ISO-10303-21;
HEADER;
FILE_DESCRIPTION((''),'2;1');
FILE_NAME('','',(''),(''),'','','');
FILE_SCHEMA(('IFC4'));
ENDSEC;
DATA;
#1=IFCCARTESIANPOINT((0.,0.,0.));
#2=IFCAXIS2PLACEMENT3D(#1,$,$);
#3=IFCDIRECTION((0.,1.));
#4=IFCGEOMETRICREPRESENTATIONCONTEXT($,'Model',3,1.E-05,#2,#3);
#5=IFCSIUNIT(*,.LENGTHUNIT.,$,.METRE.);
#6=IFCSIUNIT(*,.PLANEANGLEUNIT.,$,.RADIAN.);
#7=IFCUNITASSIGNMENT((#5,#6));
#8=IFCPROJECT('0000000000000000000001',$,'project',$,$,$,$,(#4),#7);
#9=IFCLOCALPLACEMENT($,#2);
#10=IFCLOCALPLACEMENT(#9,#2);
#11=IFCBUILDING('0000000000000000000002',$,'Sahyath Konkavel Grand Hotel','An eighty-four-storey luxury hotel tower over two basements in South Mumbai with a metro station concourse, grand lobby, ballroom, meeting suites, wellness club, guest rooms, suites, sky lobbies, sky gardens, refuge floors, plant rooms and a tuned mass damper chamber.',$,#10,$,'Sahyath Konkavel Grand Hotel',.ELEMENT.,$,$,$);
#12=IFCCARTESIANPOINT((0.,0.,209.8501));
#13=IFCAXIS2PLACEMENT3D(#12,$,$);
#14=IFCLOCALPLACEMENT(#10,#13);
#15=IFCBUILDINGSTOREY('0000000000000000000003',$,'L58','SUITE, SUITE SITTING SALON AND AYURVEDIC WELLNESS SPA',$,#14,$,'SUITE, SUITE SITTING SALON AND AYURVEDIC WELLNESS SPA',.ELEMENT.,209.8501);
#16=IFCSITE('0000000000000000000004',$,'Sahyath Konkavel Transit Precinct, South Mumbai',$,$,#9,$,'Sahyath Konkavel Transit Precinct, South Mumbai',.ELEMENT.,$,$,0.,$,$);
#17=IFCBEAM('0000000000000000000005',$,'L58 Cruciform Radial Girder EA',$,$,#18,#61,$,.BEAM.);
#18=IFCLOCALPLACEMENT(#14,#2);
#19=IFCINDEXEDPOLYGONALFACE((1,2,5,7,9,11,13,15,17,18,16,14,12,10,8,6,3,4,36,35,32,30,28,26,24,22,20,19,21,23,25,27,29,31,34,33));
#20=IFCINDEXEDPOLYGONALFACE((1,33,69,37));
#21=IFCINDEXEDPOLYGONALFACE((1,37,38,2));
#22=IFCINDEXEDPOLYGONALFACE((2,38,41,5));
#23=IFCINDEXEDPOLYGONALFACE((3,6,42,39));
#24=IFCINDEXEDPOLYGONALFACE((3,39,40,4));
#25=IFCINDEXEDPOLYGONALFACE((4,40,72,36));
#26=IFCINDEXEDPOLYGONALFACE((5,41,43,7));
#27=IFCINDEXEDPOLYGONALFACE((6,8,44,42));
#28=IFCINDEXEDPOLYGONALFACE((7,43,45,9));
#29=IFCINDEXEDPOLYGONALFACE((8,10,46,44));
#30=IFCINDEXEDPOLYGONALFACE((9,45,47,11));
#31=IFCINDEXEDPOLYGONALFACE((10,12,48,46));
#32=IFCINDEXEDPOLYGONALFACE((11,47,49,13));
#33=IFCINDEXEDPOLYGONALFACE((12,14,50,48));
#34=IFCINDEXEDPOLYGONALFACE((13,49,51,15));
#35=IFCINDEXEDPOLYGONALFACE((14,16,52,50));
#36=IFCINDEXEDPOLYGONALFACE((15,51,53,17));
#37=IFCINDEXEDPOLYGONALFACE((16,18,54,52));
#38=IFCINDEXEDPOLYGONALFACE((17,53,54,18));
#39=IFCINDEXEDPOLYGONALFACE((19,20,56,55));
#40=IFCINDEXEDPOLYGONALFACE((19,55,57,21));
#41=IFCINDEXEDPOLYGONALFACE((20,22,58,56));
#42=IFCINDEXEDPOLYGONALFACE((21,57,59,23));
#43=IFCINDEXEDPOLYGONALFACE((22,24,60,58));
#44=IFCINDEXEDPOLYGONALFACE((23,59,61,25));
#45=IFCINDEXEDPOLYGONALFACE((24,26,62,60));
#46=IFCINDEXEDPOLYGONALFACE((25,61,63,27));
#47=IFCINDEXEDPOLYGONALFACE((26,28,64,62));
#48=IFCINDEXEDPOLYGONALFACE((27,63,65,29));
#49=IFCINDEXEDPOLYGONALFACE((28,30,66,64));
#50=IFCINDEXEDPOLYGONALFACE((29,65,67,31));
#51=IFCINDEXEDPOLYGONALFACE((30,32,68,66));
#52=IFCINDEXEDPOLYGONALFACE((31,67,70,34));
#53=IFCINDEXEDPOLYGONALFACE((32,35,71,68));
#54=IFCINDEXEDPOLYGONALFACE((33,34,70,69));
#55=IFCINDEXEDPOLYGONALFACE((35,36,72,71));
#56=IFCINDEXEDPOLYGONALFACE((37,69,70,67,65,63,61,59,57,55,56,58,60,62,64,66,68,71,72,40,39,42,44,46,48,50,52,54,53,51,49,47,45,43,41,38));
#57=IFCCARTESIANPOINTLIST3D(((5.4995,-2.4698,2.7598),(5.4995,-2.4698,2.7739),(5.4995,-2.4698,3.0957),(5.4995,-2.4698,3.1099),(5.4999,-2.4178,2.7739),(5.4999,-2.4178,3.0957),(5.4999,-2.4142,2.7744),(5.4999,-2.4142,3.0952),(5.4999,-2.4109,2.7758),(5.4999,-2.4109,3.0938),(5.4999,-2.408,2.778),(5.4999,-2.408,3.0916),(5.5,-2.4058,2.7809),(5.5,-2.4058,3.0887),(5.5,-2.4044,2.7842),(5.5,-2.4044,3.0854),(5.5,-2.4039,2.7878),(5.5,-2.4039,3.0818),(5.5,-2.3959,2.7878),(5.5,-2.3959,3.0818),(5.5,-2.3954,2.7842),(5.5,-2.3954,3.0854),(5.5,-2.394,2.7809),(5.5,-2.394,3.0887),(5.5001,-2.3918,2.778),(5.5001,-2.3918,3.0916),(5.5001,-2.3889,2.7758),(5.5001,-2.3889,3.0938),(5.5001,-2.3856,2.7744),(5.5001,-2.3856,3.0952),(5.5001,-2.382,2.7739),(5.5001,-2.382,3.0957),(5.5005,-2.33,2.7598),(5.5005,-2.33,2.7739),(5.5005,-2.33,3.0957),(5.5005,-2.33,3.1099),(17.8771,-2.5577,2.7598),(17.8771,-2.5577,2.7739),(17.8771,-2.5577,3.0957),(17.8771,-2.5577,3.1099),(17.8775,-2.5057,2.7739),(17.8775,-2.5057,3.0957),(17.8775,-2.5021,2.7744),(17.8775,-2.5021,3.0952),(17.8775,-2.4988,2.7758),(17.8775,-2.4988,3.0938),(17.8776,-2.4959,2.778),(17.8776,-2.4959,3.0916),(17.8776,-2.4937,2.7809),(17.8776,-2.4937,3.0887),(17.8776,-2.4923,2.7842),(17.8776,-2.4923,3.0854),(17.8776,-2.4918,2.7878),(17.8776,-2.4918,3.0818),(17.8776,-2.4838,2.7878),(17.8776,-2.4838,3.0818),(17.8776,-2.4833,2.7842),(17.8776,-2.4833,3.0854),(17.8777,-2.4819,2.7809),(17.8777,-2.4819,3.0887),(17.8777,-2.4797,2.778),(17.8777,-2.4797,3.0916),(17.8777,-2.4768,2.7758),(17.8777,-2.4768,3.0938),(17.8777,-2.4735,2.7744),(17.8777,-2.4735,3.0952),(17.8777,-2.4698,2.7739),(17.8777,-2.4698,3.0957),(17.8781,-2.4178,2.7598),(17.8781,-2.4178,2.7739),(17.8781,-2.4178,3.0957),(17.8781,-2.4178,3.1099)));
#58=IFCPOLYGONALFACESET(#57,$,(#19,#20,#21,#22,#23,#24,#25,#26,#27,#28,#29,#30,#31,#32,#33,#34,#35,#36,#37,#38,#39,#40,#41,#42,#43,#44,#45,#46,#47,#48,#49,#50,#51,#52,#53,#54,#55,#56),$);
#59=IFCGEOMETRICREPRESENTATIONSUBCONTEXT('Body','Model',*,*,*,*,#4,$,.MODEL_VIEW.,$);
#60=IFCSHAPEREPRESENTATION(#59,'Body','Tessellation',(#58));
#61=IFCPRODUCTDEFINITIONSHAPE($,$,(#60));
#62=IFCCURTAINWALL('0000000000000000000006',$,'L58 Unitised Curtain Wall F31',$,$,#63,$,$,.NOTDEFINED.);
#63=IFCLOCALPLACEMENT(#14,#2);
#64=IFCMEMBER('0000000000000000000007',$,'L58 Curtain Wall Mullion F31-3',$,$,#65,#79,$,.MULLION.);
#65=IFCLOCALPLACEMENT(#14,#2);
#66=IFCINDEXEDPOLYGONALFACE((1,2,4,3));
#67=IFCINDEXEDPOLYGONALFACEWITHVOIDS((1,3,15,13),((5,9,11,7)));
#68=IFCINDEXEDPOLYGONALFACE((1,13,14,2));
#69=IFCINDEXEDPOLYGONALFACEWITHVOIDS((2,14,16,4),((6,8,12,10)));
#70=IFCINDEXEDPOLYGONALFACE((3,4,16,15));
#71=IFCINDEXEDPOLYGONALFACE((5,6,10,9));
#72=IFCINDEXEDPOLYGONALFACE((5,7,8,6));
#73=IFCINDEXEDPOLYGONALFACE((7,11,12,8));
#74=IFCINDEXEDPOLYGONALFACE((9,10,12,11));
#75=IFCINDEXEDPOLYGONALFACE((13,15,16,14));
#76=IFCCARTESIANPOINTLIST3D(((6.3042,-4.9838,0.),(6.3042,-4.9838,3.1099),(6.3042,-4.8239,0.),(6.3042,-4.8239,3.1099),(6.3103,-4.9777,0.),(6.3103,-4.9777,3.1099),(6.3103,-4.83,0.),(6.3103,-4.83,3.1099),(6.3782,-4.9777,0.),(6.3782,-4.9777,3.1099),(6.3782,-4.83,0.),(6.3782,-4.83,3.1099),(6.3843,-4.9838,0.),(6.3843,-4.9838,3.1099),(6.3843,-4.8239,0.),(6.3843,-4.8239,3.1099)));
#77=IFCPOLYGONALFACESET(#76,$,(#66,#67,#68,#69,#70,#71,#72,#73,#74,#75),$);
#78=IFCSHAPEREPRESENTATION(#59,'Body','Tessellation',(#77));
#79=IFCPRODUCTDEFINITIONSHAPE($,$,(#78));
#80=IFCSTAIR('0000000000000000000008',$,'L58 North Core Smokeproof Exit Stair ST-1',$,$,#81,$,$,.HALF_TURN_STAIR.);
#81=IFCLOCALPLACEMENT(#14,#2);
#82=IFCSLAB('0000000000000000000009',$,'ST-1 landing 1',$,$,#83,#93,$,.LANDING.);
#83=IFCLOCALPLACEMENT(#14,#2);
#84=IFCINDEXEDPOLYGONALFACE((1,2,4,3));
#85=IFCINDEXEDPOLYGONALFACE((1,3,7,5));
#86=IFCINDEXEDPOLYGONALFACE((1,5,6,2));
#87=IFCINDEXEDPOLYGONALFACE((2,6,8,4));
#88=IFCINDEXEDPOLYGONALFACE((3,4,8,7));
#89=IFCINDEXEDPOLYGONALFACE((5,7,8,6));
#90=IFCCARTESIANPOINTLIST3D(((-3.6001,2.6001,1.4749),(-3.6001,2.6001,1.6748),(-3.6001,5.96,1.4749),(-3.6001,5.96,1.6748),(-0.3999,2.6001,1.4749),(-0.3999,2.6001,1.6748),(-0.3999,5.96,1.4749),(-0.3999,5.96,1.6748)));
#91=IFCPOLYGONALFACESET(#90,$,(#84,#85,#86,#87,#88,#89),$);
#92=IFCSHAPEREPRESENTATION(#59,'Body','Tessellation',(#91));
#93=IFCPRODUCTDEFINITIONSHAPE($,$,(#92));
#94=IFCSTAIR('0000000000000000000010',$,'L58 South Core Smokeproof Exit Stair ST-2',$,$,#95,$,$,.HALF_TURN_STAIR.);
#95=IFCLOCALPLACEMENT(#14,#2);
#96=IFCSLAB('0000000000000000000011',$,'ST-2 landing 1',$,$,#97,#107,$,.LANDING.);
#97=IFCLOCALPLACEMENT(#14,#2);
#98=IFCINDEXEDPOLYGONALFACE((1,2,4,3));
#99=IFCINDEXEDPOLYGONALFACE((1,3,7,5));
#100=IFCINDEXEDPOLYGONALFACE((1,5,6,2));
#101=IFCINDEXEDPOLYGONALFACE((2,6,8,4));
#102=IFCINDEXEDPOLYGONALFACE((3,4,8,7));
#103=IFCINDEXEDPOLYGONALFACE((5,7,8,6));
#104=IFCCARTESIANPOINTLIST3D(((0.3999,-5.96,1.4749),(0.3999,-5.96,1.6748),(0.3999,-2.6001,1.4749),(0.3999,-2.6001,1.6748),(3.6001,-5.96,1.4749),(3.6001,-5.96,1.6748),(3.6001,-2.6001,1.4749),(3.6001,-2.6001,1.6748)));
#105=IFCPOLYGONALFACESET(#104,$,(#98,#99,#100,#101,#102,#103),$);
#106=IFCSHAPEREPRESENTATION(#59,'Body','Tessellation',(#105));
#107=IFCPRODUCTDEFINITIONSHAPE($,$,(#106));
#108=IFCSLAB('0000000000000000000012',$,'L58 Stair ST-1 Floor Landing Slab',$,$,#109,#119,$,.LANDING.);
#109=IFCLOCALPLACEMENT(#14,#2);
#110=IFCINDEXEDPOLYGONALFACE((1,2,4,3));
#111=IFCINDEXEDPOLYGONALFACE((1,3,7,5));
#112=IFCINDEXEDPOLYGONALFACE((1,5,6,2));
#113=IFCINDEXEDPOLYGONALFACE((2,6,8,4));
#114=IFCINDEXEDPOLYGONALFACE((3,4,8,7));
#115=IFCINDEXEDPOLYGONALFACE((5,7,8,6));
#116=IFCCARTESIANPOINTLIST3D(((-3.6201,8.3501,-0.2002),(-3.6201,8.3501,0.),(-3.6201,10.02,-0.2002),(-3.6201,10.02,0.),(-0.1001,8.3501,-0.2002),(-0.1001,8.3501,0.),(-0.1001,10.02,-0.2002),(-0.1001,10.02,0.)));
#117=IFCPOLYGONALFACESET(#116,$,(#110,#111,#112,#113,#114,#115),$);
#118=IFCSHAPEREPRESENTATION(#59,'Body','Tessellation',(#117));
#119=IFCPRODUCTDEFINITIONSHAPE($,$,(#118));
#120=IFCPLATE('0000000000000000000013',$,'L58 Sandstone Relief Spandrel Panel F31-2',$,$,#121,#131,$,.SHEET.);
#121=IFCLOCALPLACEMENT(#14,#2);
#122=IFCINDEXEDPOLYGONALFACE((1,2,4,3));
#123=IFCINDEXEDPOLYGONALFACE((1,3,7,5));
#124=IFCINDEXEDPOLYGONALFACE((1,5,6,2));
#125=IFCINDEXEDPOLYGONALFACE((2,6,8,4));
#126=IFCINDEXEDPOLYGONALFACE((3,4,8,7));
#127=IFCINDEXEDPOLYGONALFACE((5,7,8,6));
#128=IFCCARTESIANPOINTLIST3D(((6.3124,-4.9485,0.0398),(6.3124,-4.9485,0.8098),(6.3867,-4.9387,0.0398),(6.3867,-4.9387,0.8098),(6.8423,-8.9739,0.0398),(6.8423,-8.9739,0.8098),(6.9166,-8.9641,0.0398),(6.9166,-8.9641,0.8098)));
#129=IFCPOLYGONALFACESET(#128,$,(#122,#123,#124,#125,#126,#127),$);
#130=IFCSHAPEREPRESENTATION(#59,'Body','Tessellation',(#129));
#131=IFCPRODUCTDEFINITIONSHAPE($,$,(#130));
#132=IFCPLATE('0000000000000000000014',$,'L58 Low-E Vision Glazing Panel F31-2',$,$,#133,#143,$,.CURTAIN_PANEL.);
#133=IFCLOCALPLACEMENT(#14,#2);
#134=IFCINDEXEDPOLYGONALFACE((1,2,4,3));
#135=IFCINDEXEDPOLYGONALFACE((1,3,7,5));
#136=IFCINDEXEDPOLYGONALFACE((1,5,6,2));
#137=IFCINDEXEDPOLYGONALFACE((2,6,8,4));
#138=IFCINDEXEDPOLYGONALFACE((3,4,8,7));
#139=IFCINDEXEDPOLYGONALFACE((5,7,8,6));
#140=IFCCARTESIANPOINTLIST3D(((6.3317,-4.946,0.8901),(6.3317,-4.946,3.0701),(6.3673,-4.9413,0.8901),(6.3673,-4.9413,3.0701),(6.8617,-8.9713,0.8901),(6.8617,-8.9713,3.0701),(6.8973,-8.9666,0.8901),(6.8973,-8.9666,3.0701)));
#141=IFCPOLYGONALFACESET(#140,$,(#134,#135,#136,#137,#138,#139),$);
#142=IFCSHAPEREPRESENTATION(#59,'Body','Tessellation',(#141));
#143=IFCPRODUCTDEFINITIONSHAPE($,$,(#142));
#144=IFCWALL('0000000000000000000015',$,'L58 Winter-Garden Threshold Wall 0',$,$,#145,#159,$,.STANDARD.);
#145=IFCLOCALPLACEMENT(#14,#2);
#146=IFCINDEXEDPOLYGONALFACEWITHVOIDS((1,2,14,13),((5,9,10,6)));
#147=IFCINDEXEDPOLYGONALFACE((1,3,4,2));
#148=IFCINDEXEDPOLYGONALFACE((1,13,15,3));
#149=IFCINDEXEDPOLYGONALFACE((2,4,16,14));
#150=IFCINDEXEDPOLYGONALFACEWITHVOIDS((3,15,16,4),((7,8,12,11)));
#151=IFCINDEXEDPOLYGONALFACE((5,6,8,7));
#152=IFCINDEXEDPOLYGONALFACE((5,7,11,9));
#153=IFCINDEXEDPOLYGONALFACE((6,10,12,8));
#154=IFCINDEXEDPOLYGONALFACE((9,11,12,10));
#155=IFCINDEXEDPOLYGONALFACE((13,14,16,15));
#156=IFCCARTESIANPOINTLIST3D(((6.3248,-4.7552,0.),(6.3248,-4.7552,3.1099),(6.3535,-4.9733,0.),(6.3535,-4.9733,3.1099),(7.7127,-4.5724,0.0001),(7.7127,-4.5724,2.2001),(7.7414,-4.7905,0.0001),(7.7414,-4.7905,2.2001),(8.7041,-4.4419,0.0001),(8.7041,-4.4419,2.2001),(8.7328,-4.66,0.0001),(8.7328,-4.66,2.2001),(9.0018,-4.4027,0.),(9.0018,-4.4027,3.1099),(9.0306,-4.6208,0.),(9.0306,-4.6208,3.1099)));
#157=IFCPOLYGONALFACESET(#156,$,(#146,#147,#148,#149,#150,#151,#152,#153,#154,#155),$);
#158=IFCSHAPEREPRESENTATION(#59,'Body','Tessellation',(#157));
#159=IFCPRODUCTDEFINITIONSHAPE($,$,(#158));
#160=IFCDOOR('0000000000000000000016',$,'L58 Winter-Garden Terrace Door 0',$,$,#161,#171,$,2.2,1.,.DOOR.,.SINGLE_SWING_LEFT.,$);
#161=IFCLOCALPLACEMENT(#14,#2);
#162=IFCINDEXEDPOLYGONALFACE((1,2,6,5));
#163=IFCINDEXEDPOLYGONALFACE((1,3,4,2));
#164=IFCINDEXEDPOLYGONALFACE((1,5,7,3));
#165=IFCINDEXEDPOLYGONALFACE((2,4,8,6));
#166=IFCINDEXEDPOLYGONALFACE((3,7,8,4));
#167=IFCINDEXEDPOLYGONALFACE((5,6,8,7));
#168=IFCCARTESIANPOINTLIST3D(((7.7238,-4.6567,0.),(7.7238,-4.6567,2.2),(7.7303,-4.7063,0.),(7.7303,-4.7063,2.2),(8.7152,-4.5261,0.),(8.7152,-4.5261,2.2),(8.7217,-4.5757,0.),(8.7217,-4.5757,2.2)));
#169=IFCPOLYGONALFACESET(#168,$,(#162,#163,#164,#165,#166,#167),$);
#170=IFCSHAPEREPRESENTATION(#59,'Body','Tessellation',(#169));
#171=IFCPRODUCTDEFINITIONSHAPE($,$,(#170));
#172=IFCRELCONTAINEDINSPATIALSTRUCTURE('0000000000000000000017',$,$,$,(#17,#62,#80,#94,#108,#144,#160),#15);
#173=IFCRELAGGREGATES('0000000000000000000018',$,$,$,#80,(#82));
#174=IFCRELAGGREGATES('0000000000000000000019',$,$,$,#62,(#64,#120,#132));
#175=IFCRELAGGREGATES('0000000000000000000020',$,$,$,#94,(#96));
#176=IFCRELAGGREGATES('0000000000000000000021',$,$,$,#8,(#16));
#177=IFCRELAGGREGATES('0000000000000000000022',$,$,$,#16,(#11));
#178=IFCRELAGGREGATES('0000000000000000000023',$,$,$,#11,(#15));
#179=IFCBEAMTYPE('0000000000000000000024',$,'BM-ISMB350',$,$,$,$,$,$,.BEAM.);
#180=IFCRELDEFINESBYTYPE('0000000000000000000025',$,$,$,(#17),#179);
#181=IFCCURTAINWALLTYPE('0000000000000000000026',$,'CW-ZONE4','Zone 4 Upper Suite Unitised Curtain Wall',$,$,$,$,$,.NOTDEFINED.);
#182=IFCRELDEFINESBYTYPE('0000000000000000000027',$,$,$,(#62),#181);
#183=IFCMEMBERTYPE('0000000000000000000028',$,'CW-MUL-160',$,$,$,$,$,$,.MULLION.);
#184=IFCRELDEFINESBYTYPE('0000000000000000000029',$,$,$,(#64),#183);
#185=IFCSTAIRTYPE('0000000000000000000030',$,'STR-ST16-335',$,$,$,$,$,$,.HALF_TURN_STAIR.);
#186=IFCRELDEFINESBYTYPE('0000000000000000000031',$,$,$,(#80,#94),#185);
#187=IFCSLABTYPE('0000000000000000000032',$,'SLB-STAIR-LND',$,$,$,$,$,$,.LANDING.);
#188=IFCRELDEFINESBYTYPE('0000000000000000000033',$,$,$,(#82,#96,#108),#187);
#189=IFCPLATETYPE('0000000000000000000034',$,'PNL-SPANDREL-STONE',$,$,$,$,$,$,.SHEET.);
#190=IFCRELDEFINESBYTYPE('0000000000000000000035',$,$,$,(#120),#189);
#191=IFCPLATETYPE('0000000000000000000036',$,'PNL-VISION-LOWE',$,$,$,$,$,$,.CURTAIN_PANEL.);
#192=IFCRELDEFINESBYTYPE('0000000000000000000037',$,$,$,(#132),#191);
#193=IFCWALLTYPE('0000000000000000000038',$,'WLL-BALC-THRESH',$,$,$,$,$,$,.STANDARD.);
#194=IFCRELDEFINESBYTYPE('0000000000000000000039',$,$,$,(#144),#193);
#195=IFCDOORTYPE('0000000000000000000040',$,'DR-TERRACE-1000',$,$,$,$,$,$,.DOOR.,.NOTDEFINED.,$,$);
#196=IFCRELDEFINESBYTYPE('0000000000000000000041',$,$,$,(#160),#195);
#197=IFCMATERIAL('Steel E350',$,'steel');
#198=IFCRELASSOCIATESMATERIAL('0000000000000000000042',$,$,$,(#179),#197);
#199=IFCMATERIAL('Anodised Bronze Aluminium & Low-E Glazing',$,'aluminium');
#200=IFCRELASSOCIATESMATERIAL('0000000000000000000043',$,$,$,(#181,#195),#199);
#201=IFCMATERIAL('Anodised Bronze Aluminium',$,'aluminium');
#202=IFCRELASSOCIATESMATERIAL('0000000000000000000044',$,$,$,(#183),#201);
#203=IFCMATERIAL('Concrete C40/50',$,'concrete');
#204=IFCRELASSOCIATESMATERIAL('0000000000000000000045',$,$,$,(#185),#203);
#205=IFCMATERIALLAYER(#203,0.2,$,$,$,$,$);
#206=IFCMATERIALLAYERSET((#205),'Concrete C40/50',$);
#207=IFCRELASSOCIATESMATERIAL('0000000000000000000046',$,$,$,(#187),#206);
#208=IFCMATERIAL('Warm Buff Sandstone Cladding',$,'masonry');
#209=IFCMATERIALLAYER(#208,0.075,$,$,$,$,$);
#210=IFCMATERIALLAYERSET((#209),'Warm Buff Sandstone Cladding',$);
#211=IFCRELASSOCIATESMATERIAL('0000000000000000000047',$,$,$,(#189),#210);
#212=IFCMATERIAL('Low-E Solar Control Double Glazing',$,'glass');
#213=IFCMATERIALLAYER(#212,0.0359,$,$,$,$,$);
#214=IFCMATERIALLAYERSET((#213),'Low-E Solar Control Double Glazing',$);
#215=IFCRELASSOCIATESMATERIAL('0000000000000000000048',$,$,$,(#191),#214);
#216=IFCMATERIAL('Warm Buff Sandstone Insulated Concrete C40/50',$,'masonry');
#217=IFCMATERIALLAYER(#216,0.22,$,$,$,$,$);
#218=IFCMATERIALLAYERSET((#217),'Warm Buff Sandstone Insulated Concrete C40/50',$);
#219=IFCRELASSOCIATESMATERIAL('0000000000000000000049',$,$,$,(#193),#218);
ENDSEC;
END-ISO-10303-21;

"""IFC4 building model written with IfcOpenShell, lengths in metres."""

from ifc_helpers import new_model, si_unit, direction, frame, frame_2d, origin, origin_2d, place, context, subcontext, project, spatial, polyline, rectangle, hollow_rectangle, i_section, outline, extrude, source, transform, mapped, material, layer, layer_set, material_profile, profile_set, type_object, element, fill, aggregate, save


model = new_model("IFC4")

# Units and contexts
model_context = context("Model", 3, precision=1e-05, world=origin(), true_north=direction((0.0, 1.0)))
body_context = subcontext(model_context, "Body", "Model", "MODEL_VIEW")
ifc_project = project(units=[si_unit("LENGTHUNIT", "METRE"), si_unit("PLANEANGLEUNIT", "RADIAN")], contexts=[model_context])

# Site, building, storey
site_placement = place(None, origin())
site = spatial("IfcSite", under=ifc_project, at=site_placement, Name="Sahyath Konkavel Transit Precinct, South Mumbai", LongName="Sahyath Konkavel Transit Precinct, South Mumbai", CompositionType="ELEMENT", RefElevation=0.0)
building_placement = place(site_placement, origin())
building = spatial("IfcBuilding", under=site, at=building_placement, Name="Sahyath Konkavel Grand Hotel", Description="An eighty-four-storey luxury hotel tower over two basements in South Mumbai with a metro station concourse, grand lobby, ballroom, meeting suites, wellness club, guest rooms, suites, sky lobbies, sky gardens, refuge floors, plant rooms and a tuned mass damper chamber.", LongName="Sahyath Konkavel Grand Hotel", CompositionType="ELEMENT")
storey_placement = place(building_placement, frame((0.0, 0.0, 209.8501)))
storey = spatial("IfcBuildingStorey", under=building, at=storey_placement, Name="L58", Description="SUITE, SUITE SITTING SALON AND AYURVEDIC WELLNESS SPA", LongName="SUITE, SUITE SITTING SALON AND AYURVEDIC WELLNESS SPA", CompositionType="ELEMENT", Elevation=209.8501)

# Shared definitions
ifc_material_1 = material(Name="Concrete C40/50", Category="concrete")

# Beam
ifc_material_2 = material(Name="Steel E350", Category="steel")
ifc_material_profile_1 = material_profile(ifc_material_2, i_section(OverallWidth=0.1399, OverallDepth=0.3501, WebThickness=0.0081, FlangeThickness=0.0142, FilletRadius=0.0139, at=origin_2d()), Name="ISMB 350")
ifc_profile_set_1 = profile_set([ifc_material_profile_1], Name="Steel E350")
beam_type_1 = type_object("IfcBeamType", Name="BM-ISMB350", PredefinedType="BEAM", material=ifc_profile_set_1)
shared_shape_1 = source(origin(), body_context, "Body", "SweptSolid", [
    extrude(i_section(OverallWidth=0.1399, OverallDepth=0.3501, WebThickness=0.0081, FlangeThickness=0.0142, FilletRadius=0.0139, at=origin_2d()), origin(), (0.0, 0.0, 1.0), 12.3779),
])
beam_1_placement = place(storey_placement, frame((5.5, -2.3999, 2.9348), z_axis=(0.999975, -0.007101, 0.0), x_axis=(0.007101, 0.999975, 0.0)))
element("IfcBeam", 1, at=beam_1_placement, inside=storey, type_object=beam_type_1, Name="L58 Cruciform Radial Girder EA", PredefinedType="BEAM", context=body_context, shape_type="MappedRepresentation", body=[
    mapped(shared_shape_1, transform((0.0, 0.0, 0.0), scale=1.0)),
])

# Curtain wall, member
ifc_material_3 = material(Name="Anodised Bronze Aluminium & Low-E Glazing", Category="aluminium")
curtain_wall_type = type_object("IfcCurtainWallType", Name="CW-ZONE4", Description="Zone 4 Upper Suite Unitised Curtain Wall", PredefinedType="NOTDEFINED", material=ifc_material_3)
curtain_wall_placement = place(storey_placement, origin())
curtain_wall = element("IfcCurtainWall", 2, at=curtain_wall_placement, inside=storey, type_object=curtain_wall_type, Name="L58 Unitised Curtain Wall F31", PredefinedType="NOTDEFINED")
ifc_material_4 = material(Name="Anodised Bronze Aluminium", Category="aluminium")
ifc_material_profile_2 = material_profile(ifc_material_4, hollow_rectangle(XDim=0.0801, YDim=0.1599, WallThickness=0.0061, at=origin_2d()), Name="RHS 160x80x6")
ifc_profile_set_2 = profile_set([ifc_material_profile_2], Name="Anodised Bronze Aluminium")
member_type = type_object("IfcMemberType", Name="CW-MUL-160", PredefinedType="MULLION", material=ifc_profile_set_2)
shared_shape_2 = source(origin(), body_context, "Body", "SweptSolid", [
    extrude(hollow_rectangle(XDim=0.0801, YDim=0.1599, WallThickness=0.0061, at=origin_2d()), origin(), (0.0, 0.0, 1.0), 3.1099),
])
member_placement = place(storey_placement, frame((6.3442, -4.9038, 0.0), z_axis=(0.0, 0.0, 1.0), x_axis=(1.0, 0.0, 0.0)))
member = element("IfcMember", 3, at=member_placement, type_object=member_type, Name="L58 Curtain Wall Mullion F31-3", PredefinedType="MULLION", context=body_context, shape_type="MappedRepresentation", body=[
    mapped(shared_shape_2, transform((0.0, 0.0, 0.0), scale=1.0)),
])

# Stairs, slabs
stair_type = type_object("IfcStairType", Name="STR-ST16-335", PredefinedType="HALF_TURN_STAIR", material=ifc_material_1)
stair_1_placement = place(storey_placement, origin())
stair_1 = element("IfcStair", 4, at=stair_1_placement, inside=storey, type_object=stair_type, Name="L58 North Core Smokeproof Exit Stair ST-1", PredefinedType="HALF_TURN_STAIR")
ifc_layer_1 = layer(ifc_material_1, 0.2)
ifc_layer_set_1 = layer_set([ifc_layer_1], Name="Concrete C40/50")
slab_type = type_object("IfcSlabType", Name="SLB-STAIR-LND", PredefinedType="LANDING", material=ifc_layer_set_1)
slab_1_placement = place(storey_placement, frame((0.0, 0.0, 1.4749)))
slab_1 = element("IfcSlab", 5, at=slab_1_placement, type_object=slab_type, Name="ST-1 landing 1", PredefinedType="LANDING", context=body_context, shape_type="SweptSolid", body=[
    extrude(outline(polyline([(-3.6001, 5.96), (-3.6001, 2.6001), (-0.3999, 2.6001), (-0.3999, 5.96), (-3.6001, 5.96)])), origin(), (0.0, 0.0, 1.0), 0.2),
])
aggregate(stair_1, [slab_1])
stair_2_placement = place(storey_placement, origin())
stair_2 = element("IfcStair", 6, at=stair_2_placement, inside=storey, type_object=stair_type, Name="L58 South Core Smokeproof Exit Stair ST-2", PredefinedType="HALF_TURN_STAIR")
slab_2_placement = place(storey_placement, frame((0.0, 0.0, 1.4749)))
slab_2 = element("IfcSlab", 7, at=slab_2_placement, type_object=slab_type, Name="ST-2 landing 1", PredefinedType="LANDING", context=body_context, shape_type="SweptSolid", body=[
    extrude(outline(polyline([(3.6001, -5.96), (3.6001, -2.6001), (0.3999, -2.6001), (0.3999, -5.96), (3.6001, -5.96)])), origin(), (0.0, 0.0, 1.0), 0.2),
])

# Slab
slab_3_placement = place(storey_placement, frame((0.0, 0.0, -0.2002)))
element("IfcSlab", 8, at=slab_3_placement, inside=storey, type_object=slab_type, Name="L58 Stair ST-1 Floor Landing Slab", PredefinedType="LANDING", context=body_context, shape_type="SweptSolid", body=[
    extrude(outline(polyline([(-3.6201, 8.3501), (-0.1001, 8.3501), (-0.1001, 10.02), (-3.6201, 10.02), (-3.6201, 8.3501)])), origin(), (0.0, 0.0, 1.0), 0.2002),
])

# Plates
ifc_material_5 = material(Name="Warm Buff Sandstone Cladding", Category="masonry")
ifc_layer_2 = layer(ifc_material_5, 0.075)
ifc_layer_set_2 = layer_set([ifc_layer_2], Name="Warm Buff Sandstone Cladding")
plate_type_1 = type_object("IfcPlateType", Name="PNL-SPANDREL-STONE", PredefinedType="SHEET", material=ifc_layer_set_2)
shared_shape_3 = source(origin(), body_context, "Body", "SweptSolid", [
    extrude(rectangle(XDim=4.0601, YDim=0.075, at=origin_2d()), origin(), (0.0, 0.0, 1.0), 0.77),
])
plate_1_placement = place(storey_placement, frame((6.6145, -6.9563, 0.0398), z_axis=(0.0, 0.0, 1.0), x_axis=(-0.130526, 0.991445, 0.0)))
plate_1 = element("IfcPlate", 9, at=plate_1_placement, type_object=plate_type_1, Name="L58 Sandstone Relief Spandrel Panel F31-2", PredefinedType="SHEET", context=body_context, shape_type="MappedRepresentation", body=[
    mapped(shared_shape_3, transform((0.0, 0.0, 0.0), scale=1.0)),
])
ifc_material_6 = material(Name="Low-E Solar Control Double Glazing", Category="glass")
ifc_layer_3 = layer(ifc_material_6, 0.0359)
ifc_layer_set_3 = layer_set([ifc_layer_3], Name="Low-E Solar Control Double Glazing")
plate_type_2 = type_object("IfcPlateType", Name="PNL-VISION-LOWE", PredefinedType="CURTAIN_PANEL", material=ifc_layer_set_3)
shared_shape_4 = source(origin(), body_context, "Body", "SweptSolid", [
    extrude(rectangle(XDim=4.0601, YDim=0.0359, at=origin_2d()), origin(), (0.0, 0.0, 1.0), 2.1799),
])
plate_2_placement = place(storey_placement, frame((6.6145, -6.9563, 0.8901), z_axis=(0.0, 0.0, 1.0), x_axis=(-0.130526, 0.991445, 0.0)))
plate_2 = element("IfcPlate", 10, at=plate_2_placement, type_object=plate_type_2, Name="L58 Low-E Vision Glazing Panel F31-2", PredefinedType="CURTAIN_PANEL", context=body_context, shape_type="MappedRepresentation", body=[
    mapped(shared_shape_4, transform((0.0, 0.0, 0.0), scale=1.0)),
])
aggregate(curtain_wall, [member, plate_1, plate_2])

# Wall, opening, door
ifc_material_7 = material(Name="Warm Buff Sandstone Insulated Concrete C40/50", Category="masonry")
ifc_layer_4 = layer(ifc_material_7, 0.22)
ifc_layer_set_4 = layer_set([ifc_layer_4], Name="Warm Buff Sandstone Insulated Concrete C40/50")
wall_type_1 = type_object("IfcWallType", Name="WLL-BALC-THRESH", PredefinedType="STANDARD", material=ifc_layer_set_4)
wall_1_placement = place(storey_placement, frame((6.3391, -4.8643, 0.0), z_axis=(0.0, 0.0, 1.0), x_axis=(0.99144, 0.130564, 0.0)))
wall_1 = element("IfcWall", 11, at=wall_1_placement, inside=storey, type_object=wall_type_1, Name="L58 Winter-Garden Threshold Wall 0", PredefinedType="STANDARD", context=body_context, shape_type="SweptSolid", body=[
    extrude(rectangle(XDim=2.7002, YDim=0.22, at=frame_2d((1.3501, 0.0))), origin(), (0.0, 0.0, 1.0), 3.1099),
])
opening_1_placement = place(wall_1_placement, frame((1.3999, 0.0, 0.0)))
opening_1 = element("IfcOpeningElement", 12, at=opening_1_placement, cuts=wall_1, PredefinedType="OPENING", context=body_context, shape_type="SweptSolid", body=[
    extrude(rectangle(XDim=1.0, YDim=2.2, at=frame_2d((0.5, 1.1001))), frame((0.0, 0.1201, 0.0), z_axis=(0.0, -1.0, 0.0), x_axis=(1.0, 0.0, 0.0)), (0.0, 0.0, 1.0), 0.24),
])
door_type_1 = type_object("IfcDoorType", Name="DR-TERRACE-1000", OperationType="NOTDEFINED", PredefinedType="DOOR", material=ifc_material_3)
shared_shape_5 = source(origin(), body_context, "Body", "SweptSolid", [
    extrude(rectangle(XDim=1.0, YDim=0.05, at=origin_2d()), origin(), (0.0, 0.0, 1.0), 2.2),
])
door_1_placement = place(opening_1_placement, frame((0.5, 0.0, 0.0)))
door_1 = element("IfcDoor", 13, at=door_1_placement, inside=storey, type_object=door_type_1, Name="L58 Winter-Garden Terrace Door 0", OperationType="SINGLE_SWING_LEFT", OverallHeight=2.2, OverallWidth=1.0, PredefinedType="DOOR", context=body_context, shape_type="MappedRepresentation", body=[
    mapped(shared_shape_5, transform((0.0, 0.0, 0.0), scale=1.0)),
])
fill(opening_1, door_1)

aggregate(stair_2, [slab_2])

save(model, "model.ifc")
